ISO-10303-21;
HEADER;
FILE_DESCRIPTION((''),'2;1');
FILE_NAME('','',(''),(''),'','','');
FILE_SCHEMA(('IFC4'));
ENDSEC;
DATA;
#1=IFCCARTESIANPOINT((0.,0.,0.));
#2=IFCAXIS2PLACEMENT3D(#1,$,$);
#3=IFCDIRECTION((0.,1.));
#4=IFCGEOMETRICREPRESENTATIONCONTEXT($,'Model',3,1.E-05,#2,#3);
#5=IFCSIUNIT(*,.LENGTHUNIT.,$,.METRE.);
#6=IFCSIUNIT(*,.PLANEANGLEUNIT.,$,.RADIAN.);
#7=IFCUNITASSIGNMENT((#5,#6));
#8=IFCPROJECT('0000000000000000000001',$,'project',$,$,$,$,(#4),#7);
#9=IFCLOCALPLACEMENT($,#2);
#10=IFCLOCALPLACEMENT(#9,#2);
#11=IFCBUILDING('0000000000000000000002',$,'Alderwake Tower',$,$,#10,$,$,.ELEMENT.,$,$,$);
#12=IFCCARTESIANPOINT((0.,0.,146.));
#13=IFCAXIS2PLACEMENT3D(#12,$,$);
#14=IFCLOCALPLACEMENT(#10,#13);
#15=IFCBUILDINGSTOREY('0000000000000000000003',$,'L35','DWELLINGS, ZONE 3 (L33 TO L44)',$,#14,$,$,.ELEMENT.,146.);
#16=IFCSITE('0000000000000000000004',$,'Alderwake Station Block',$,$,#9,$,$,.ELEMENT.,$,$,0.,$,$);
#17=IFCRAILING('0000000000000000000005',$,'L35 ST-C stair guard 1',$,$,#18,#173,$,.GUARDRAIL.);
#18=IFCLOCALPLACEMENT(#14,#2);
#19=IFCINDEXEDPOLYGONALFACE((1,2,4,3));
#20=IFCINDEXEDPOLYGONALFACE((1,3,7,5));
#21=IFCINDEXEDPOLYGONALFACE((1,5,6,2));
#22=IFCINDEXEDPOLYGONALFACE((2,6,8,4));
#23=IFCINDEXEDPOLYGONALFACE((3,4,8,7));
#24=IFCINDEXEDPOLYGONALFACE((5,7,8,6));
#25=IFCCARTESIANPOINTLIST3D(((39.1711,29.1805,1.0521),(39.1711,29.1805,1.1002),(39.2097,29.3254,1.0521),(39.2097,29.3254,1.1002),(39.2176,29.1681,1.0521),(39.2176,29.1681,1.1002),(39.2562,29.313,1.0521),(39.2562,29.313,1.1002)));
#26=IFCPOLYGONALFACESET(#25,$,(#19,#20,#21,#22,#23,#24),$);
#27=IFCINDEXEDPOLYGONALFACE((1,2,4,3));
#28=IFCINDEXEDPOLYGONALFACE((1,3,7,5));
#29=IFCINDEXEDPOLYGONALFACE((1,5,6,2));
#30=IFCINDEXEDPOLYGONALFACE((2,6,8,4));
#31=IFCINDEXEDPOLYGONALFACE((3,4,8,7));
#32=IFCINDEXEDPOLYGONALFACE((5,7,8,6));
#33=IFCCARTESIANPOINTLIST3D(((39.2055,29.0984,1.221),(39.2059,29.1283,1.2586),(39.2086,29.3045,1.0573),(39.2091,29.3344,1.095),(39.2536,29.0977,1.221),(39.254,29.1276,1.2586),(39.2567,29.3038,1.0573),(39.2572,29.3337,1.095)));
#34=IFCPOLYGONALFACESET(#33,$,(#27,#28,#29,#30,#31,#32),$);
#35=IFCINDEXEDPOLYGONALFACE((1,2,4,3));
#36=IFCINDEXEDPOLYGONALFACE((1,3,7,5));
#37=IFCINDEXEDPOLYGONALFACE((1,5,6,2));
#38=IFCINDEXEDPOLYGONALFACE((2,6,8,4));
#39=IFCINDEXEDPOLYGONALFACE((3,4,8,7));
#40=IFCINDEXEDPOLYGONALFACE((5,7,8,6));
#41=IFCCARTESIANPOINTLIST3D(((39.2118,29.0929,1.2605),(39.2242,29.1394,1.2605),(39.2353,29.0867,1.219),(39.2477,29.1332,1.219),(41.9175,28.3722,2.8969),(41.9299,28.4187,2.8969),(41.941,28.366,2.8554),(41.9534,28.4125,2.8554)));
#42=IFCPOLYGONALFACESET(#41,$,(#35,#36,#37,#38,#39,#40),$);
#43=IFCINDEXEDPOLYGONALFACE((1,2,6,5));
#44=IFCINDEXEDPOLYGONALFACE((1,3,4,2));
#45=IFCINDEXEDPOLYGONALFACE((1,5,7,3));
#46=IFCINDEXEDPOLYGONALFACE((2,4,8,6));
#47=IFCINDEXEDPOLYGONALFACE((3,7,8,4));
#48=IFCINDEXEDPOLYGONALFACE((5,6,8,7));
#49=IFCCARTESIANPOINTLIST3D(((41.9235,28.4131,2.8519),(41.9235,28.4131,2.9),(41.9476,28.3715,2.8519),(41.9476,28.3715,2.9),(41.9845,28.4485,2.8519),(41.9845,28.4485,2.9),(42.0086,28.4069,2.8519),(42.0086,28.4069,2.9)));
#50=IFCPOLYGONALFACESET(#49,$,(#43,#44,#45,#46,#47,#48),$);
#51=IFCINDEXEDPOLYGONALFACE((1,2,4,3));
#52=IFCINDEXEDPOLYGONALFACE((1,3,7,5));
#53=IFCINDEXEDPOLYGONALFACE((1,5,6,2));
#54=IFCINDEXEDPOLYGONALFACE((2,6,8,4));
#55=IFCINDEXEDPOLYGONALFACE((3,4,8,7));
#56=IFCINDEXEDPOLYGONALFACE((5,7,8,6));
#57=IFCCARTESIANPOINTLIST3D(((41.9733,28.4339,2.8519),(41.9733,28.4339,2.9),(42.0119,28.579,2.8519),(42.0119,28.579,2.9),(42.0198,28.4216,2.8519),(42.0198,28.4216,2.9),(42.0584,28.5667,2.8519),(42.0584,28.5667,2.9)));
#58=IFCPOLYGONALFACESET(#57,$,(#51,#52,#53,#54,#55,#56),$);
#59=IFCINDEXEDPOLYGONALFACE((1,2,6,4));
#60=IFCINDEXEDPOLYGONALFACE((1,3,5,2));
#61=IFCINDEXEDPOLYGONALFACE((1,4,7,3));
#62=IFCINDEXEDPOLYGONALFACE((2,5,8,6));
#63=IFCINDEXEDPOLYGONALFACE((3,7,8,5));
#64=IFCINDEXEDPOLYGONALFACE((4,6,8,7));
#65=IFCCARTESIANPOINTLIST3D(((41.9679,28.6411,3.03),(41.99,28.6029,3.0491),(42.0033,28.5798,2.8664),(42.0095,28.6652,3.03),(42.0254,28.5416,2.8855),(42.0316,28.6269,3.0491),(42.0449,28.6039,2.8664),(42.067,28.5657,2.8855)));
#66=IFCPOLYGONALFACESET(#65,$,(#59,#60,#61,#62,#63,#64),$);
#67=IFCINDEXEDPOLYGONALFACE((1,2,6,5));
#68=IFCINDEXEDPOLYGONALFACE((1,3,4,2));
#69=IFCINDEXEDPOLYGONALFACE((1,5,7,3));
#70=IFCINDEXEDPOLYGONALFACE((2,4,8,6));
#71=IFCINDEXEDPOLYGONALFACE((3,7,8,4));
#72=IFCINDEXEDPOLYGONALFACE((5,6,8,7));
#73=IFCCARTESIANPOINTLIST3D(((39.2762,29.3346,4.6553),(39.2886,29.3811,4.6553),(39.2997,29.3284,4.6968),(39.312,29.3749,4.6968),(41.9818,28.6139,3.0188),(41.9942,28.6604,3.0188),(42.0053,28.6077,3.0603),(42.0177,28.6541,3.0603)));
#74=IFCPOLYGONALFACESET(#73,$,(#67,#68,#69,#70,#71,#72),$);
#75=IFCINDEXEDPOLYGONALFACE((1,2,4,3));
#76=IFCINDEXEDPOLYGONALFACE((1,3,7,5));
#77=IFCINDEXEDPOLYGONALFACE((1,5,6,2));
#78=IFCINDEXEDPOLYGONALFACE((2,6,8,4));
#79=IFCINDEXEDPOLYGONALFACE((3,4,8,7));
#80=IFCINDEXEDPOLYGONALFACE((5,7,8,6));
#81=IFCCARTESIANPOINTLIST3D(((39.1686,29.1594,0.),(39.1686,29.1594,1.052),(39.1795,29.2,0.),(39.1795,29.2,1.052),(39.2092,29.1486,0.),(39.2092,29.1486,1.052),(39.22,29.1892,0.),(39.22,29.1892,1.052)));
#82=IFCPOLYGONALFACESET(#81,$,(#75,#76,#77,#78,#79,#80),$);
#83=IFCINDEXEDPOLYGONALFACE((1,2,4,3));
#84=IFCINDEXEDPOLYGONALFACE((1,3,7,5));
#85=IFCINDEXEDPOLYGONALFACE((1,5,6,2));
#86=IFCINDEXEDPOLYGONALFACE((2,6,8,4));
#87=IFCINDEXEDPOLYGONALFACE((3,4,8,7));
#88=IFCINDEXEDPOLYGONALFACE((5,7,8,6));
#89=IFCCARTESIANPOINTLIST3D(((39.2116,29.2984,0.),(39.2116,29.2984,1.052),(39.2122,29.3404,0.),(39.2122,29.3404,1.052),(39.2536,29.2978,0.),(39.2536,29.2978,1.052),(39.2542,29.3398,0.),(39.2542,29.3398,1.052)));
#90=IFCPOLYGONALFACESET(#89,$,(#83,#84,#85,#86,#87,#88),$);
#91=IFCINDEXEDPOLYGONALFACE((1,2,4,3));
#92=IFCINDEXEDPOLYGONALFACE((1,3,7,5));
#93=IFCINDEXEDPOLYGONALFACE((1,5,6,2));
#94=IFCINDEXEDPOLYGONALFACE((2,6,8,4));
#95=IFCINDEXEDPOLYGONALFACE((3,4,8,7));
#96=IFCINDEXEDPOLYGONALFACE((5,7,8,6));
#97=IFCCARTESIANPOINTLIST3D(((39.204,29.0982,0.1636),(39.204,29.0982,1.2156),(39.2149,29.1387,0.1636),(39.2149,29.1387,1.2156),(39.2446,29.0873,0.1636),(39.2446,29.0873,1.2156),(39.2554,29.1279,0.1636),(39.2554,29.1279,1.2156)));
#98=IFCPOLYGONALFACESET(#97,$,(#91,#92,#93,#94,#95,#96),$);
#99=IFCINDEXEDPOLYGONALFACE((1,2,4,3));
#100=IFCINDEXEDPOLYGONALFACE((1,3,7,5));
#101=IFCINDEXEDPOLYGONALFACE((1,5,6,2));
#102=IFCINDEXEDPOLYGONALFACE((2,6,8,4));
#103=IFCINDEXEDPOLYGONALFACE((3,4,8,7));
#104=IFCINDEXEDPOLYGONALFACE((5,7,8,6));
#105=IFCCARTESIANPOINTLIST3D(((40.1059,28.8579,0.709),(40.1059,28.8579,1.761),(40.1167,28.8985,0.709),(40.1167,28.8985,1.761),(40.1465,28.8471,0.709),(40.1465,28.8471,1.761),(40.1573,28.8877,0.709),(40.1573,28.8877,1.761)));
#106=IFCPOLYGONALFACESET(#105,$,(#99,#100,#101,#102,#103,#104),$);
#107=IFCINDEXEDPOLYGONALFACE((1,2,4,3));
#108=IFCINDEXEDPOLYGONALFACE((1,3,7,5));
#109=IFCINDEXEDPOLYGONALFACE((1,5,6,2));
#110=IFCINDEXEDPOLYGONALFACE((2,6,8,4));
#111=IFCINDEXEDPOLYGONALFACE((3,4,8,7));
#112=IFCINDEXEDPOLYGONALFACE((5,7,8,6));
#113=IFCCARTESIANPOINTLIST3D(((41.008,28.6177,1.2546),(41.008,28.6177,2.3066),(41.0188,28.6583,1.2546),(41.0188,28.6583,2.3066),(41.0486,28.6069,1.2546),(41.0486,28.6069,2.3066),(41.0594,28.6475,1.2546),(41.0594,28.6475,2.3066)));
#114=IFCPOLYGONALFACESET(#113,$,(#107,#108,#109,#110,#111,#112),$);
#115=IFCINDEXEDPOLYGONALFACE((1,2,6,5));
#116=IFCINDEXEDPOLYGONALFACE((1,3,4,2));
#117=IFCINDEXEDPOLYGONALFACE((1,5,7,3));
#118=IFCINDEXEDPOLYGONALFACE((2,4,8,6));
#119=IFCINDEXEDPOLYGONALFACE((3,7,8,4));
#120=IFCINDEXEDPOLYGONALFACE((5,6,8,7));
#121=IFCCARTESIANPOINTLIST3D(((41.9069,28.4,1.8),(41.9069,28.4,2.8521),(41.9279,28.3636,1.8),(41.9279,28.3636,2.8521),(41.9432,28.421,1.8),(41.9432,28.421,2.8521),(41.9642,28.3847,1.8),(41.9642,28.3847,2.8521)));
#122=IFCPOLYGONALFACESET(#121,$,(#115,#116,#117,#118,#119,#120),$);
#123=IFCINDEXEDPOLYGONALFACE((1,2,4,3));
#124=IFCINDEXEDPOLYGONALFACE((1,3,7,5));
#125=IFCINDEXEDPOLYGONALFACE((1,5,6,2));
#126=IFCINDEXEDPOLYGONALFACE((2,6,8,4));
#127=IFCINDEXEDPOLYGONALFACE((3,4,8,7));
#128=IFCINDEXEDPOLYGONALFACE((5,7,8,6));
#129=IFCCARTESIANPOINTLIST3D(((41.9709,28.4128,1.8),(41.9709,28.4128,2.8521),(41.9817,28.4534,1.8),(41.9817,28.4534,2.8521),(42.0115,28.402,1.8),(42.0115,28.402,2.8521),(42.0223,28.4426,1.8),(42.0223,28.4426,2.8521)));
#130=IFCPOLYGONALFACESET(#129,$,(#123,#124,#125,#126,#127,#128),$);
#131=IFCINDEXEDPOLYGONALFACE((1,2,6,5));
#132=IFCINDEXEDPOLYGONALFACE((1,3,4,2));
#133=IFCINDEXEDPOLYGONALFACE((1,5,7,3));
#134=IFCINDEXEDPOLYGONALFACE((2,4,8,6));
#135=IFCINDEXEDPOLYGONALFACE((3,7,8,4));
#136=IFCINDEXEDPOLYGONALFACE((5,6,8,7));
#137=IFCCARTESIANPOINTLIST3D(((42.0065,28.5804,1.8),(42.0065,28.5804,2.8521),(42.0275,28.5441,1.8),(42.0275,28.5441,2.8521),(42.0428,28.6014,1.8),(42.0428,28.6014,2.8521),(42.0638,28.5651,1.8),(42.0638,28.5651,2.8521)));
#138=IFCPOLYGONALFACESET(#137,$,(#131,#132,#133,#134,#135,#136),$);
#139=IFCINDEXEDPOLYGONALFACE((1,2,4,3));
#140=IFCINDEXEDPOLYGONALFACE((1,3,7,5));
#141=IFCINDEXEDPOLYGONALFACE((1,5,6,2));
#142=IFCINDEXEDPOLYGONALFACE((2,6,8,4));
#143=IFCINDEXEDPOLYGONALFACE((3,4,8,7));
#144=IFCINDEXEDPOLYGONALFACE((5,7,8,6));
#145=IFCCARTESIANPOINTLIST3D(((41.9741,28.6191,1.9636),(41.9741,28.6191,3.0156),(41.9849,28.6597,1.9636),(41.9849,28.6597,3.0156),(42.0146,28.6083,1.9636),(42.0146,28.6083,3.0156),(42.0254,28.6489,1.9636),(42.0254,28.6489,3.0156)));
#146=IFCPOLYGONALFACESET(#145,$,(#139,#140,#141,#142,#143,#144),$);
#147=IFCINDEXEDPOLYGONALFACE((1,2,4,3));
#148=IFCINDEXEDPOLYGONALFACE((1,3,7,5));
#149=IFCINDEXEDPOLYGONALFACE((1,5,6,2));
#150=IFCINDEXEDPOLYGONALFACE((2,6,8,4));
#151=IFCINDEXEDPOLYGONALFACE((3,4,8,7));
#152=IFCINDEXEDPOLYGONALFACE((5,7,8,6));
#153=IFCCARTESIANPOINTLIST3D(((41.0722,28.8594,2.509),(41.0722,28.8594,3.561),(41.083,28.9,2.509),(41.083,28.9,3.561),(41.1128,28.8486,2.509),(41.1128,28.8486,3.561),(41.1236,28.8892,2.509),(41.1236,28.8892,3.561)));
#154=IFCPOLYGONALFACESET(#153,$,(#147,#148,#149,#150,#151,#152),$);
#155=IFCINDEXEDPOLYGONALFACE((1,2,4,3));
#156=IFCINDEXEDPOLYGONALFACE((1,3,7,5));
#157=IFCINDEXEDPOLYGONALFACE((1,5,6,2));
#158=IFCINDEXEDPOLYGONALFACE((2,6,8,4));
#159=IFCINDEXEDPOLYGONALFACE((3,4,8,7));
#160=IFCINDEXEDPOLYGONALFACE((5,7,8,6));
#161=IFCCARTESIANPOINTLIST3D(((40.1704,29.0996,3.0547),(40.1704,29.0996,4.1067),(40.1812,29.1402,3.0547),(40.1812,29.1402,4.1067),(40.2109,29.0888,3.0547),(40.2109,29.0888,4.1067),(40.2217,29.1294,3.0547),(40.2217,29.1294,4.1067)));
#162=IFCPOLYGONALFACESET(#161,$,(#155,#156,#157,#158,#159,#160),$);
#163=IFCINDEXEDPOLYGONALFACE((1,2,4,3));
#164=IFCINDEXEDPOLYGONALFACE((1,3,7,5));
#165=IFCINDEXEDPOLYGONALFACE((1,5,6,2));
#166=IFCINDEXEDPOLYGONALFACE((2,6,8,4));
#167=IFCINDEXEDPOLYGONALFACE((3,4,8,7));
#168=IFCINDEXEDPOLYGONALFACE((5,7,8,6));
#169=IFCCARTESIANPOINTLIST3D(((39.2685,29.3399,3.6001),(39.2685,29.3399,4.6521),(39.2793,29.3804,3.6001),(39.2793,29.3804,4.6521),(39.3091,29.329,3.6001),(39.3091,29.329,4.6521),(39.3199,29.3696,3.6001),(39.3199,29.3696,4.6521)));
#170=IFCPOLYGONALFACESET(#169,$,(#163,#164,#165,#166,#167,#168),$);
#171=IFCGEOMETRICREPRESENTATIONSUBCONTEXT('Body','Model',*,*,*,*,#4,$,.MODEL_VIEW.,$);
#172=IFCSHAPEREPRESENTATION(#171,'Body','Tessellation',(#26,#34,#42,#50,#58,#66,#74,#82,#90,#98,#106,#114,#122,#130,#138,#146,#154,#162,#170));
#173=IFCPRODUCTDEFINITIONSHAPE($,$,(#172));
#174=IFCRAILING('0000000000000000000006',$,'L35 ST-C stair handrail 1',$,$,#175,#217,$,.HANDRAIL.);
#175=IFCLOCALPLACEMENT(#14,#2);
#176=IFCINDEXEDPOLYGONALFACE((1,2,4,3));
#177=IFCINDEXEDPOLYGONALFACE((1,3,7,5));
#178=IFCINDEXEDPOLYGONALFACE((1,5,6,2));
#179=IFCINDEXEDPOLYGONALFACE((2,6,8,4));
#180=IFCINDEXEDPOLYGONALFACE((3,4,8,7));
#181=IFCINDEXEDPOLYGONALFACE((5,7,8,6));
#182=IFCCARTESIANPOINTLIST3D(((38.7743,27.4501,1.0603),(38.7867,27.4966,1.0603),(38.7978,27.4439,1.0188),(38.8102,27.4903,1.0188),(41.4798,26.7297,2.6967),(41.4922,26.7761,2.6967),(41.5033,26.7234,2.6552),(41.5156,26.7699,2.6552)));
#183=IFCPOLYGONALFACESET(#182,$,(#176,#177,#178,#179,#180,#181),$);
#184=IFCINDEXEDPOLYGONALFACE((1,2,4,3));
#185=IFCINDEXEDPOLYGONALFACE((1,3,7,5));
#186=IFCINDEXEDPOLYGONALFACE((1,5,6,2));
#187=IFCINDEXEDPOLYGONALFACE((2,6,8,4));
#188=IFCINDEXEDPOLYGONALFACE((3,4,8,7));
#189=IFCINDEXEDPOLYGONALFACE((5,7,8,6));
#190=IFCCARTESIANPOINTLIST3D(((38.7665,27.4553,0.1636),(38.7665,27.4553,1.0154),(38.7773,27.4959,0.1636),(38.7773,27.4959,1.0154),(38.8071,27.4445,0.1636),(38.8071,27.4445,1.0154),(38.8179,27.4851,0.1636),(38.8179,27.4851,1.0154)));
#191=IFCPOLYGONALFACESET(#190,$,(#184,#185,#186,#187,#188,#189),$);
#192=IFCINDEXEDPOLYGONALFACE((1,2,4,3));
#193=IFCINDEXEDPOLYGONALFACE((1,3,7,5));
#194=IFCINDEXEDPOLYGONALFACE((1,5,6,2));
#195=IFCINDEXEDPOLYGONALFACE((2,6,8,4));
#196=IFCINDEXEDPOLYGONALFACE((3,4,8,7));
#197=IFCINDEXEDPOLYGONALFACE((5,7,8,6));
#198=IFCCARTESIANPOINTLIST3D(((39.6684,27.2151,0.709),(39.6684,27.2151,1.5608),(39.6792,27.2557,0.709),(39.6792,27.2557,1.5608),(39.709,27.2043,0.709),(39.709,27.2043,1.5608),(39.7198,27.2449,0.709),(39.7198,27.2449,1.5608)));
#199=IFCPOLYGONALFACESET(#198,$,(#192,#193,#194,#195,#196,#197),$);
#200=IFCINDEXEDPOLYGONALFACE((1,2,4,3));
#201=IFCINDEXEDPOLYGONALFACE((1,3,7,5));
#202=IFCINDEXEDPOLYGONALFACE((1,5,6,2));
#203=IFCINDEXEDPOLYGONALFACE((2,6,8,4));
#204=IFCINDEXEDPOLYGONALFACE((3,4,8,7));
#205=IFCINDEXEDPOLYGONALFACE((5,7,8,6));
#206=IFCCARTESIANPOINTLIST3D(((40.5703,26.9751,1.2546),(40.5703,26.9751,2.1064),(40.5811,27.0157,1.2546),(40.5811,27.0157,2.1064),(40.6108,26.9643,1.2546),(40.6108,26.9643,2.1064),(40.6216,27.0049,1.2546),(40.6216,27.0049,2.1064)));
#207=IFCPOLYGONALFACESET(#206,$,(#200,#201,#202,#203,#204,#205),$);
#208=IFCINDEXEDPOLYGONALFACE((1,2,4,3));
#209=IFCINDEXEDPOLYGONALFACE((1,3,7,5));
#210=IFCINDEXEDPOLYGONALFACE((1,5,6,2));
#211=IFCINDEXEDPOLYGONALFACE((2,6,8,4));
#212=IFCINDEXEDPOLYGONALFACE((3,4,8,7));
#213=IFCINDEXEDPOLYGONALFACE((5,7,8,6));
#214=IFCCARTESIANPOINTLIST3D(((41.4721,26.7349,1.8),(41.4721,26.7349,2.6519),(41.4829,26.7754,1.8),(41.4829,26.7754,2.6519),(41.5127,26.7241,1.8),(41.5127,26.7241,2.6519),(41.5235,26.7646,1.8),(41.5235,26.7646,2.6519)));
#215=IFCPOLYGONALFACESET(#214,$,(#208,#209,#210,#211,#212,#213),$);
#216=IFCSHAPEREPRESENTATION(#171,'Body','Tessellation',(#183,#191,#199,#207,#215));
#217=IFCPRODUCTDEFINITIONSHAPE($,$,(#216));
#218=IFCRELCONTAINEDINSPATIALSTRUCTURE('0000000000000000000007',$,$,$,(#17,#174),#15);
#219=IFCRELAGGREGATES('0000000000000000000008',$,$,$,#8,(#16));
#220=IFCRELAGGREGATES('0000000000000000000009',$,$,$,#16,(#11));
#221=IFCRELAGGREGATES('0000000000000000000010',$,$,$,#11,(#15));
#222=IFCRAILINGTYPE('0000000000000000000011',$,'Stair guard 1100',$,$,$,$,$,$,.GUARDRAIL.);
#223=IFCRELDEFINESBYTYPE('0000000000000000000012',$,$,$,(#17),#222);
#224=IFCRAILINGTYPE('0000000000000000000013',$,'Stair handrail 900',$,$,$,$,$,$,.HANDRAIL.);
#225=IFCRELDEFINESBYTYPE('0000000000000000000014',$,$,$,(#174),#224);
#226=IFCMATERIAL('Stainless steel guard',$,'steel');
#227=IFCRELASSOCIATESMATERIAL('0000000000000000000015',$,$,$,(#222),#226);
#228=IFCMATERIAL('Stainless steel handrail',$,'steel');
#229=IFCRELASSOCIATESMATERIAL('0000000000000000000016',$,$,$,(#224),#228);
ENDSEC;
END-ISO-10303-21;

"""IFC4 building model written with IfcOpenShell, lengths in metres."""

from ifc_helpers import new_model, si_unit, direction, frame, origin, origin_2d, place, context, subcontext, project, spatial, rectangle, extrude, material, type_object, element, save


model = new_model("IFC4")

# Units and contexts
model_context = context("Model", 3, precision=1e-05, world=origin(), true_north=direction((0.0, 1.0)))
body_context = subcontext(model_context, "Body", "Model", "MODEL_VIEW")
ifc_project = project(units=[si_unit("LENGTHUNIT", "METRE"), si_unit("PLANEANGLEUNIT", "RADIAN")], contexts=[model_context])

# Site, building, storey
site_placement = place(None, origin())
site = spatial("IfcSite", under=ifc_project, at=site_placement, Name="Alderwake Station Block", CompositionType="ELEMENT", RefElevation=0.0)
building_placement = place(site_placement, origin())
building = spatial("IfcBuilding", under=site, at=building_placement, Name="Alderwake Tower", CompositionType="ELEMENT")
storey_placement = place(building_placement, frame((0.0, 0.0, 146.0)))
storey = spatial("IfcBuildingStorey", under=building, at=storey_placement, Name="L35", Description="DWELLINGS, ZONE 3 (L33 TO L44)", CompositionType="ELEMENT", Elevation=146.0)

# Railings
ifc_material_1 = material(Name="Stainless steel guard", Category="steel")
railing_type_1 = type_object("IfcRailingType", Name="Stair guard 1100", PredefinedType="GUARDRAIL", material=ifc_material_1)
railing_1_placement = place(storey_placement, frame((39.1943, 29.1743, 0.0)))
element("IfcRailing", 1, at=railing_1_placement, inside=storey, type_object=railing_type_1, Name="L35 ST-C stair guard 1", PredefinedType="GUARDRAIL", context=body_context, shape_type="SweptSolid", body=[
    extrude(rectangle(XDim=0.0481, YDim=0.0481, at=origin_2d()), frame((0.0, 0.0, 1.0762), z_axis=(0.25746, 0.966289, 0.0), x_axis=(-0.966289, 0.25746, 0.0)), (0.0, 0.0, 1.0), 0.1499),
    extrude(rectangle(XDim=0.0481, YDim=0.0481, at=origin_2d()), frame((0.0386, 0.1448, 1.0762), z_axis=(-0.012063, -0.78316, 0.621703), x_axis=(0.999881, -0.015401, 0.0)), (0.0, 0.0, 1.0), 0.2632),
    extrude(rectangle(XDim=0.0481, YDim=0.0481, at=origin_2d()), frame((0.0354, -0.0613, 1.2397), z_axis=(0.834282, -0.222214, 0.504574), x_axis=(0.25738, 0.96631, 0.0)), (0.0, 0.0, 1.0), 3.2432),
    extrude(rectangle(XDim=0.0481, YDim=0.0481, at=origin_2d()), frame((2.7412, -0.782, 2.876), z_axis=(0.865031, 0.501718, 0.0), x_axis=(-0.501718, 0.865031, 0.0)), (0.0, 0.0, 1.0), 0.0706),
    extrude(rectangle(XDim=0.0481, YDim=0.0481, at=origin_2d()), frame((2.8022, -0.7466, 2.876), z_axis=(0.257055, 0.966397, 0.0), x_axis=(-0.966397, 0.257055, 0.0)), (0.0, 0.0, 1.0), 0.1501),
    extrude(rectangle(XDim=0.0481, YDim=0.0481, at=origin_2d()), frame((2.8408, -0.6016, 2.876), z_axis=(-0.198625, 0.343827, 0.917786), x_axis=(-0.865898, -0.50022, 0.0)), (0.0, 0.0, 1.0), 0.1782),
    extrude(rectangle(XDim=0.0481, YDim=0.0481, at=origin_2d()), frame((2.8054, -0.5403, 3.0396), z_axis=(-0.834259, 0.222228, 0.504605), x_axis=(-0.257402, -0.966304, 0.0)), (0.0, 0.0, 1.0), 3.2432),
    extrude(rectangle(XDim=0.042, YDim=0.042, at=origin_2d()), frame((0.0, 0.0, 0.0), z_axis=(0.0, 0.0, 1.0), x_axis=(0.25746, 0.966289, 0.0)), (0.0, 0.0, 1.0), 1.052),
    extrude(rectangle(XDim=0.042, YDim=0.042, at=origin_2d()), frame((0.0386, 0.1448, 0.0), z_axis=(0.0, 0.0, 1.0), x_axis=(-0.015401, -0.999881, 0.0)), (0.0, 0.0, 1.0), 1.052),
    extrude(rectangle(XDim=0.042, YDim=0.042, at=origin_2d()), frame((0.0354, -0.0613, 0.1636), z_axis=(0.0, 0.0, 1.0), x_axis=(0.96631, -0.25738, 0.0)), (0.0, 0.0, 1.0), 1.052),
    extrude(rectangle(XDim=0.042, YDim=0.042, at=origin_2d()), frame((0.9373, -0.3015, 0.709), z_axis=(0.0, 0.0, 1.0), x_axis=(0.96631, -0.25738, 0.0)), (0.0, 0.0, 1.0), 1.052),
    extrude(rectangle(XDim=0.042, YDim=0.042, at=origin_2d()), frame((1.8394, -0.5417, 1.2546), z_axis=(0.0, 0.0, 1.0), x_axis=(0.96631, -0.25738, 0.0)), (0.0, 0.0, 1.0), 1.052),
    extrude(rectangle(XDim=0.042, YDim=0.042, at=origin_2d()), frame((2.7412, -0.782, 1.8), z_axis=(0.0, 0.0, 1.0), x_axis=(0.865031, 0.501718, 0.0)), (0.0, 0.0, 1.0), 1.052),
    extrude(rectangle(XDim=0.042, YDim=0.042, at=origin_2d()), frame((2.8022, -0.7466, 1.8), z_axis=(0.0, 0.0, 1.0), x_axis=(0.257055, 0.966397, 0.0)), (0.0, 0.0, 1.0), 1.052),
    extrude(rectangle(XDim=0.042, YDim=0.042, at=origin_2d()), frame((2.8408, -0.6016, 1.8), z_axis=(0.0, 0.0, 1.0), x_axis=(-0.50022, 0.865898, 0.0)), (0.0, 0.0, 1.0), 1.052),
    extrude(rectangle(XDim=0.042, YDim=0.042, at=origin_2d()), frame((2.8054, -0.5403, 1.9636), z_axis=(0.0, 0.0, 1.0), x_axis=(-0.966304, 0.257402, 0.0)), (0.0, 0.0, 1.0), 1.052),
    extrude(rectangle(XDim=0.042, YDim=0.042, at=origin_2d()), frame((1.9036, -0.3, 2.509), z_axis=(0.0, 0.0, 1.0), x_axis=(-0.966304, 0.257402, 0.0)), (0.0, 0.0, 1.0), 1.052),
    extrude(rectangle(XDim=0.042, YDim=0.042, at=origin_2d()), frame((1.0017, -0.0598, 3.0547), z_axis=(0.0, 0.0, 1.0), x_axis=(-0.966304, 0.257402, 0.0)), (0.0, 0.0, 1.0), 1.052),
    extrude(rectangle(XDim=0.042, YDim=0.042, at=origin_2d()), frame((0.0999, 0.1804, 3.6001), z_axis=(0.0, 0.0, 1.0), x_axis=(-0.966304, 0.257402, 0.0)), (0.0, 0.0, 1.0), 1.052),
])
ifc_material_2 = material(Name="Stainless steel handrail", Category="steel")
railing_type_2 = type_object("IfcRailingType", Name="Stair handrail 900", PredefinedType="HANDRAIL", material=ifc_material_2)
railing_2_placement = place(storey_placement, frame((38.7922, 27.4702, 0.1636)))
element("IfcRailing", 2, at=railing_2_placement, inside=storey, type_object=railing_type_2, Name="L35 ST-C stair handrail 1", PredefinedType="HANDRAIL", context=body_context, shape_type="SweptSolid", body=[
    extrude(rectangle(XDim=0.0481, YDim=0.0481, at=origin_2d()), frame((0.0, 0.0, 0.876), z_axis=(0.834273, -0.222157, 0.504614), x_axis=(0.257321, 0.966326, 0.0)), (0.0, 0.0, 1.0), 3.2429),
    extrude(rectangle(XDim=0.042, YDim=0.042, at=origin_2d()), frame((0.0, 0.0, 0.0), z_axis=(0.0, 0.0, 1.0), x_axis=(0.966326, -0.257321, 0.0)), (0.0, 0.0, 1.0), 0.8518),
    extrude(rectangle(XDim=0.042, YDim=0.042, at=origin_2d()), frame((0.9019, -0.2402, 0.5454), z_axis=(0.0, 0.0, 1.0), x_axis=(0.966326, -0.257321, 0.0)), (0.0, 0.0, 1.0), 0.8518),
    extrude(rectangle(XDim=0.042, YDim=0.042, at=origin_2d()), frame((1.8037, -0.4802, 1.0911), z_axis=(0.0, 0.0, 1.0), x_axis=(0.966326, -0.257321, 0.0)), (0.0, 0.0, 1.0), 0.8518),
    extrude(rectangle(XDim=0.042, YDim=0.042, at=origin_2d()), frame((2.7056, -0.7205, 1.6365), z_axis=(0.0, 0.0, 1.0), x_axis=(0.966326, -0.257321, 0.0)), (0.0, 0.0, 1.0), 0.8518),
])

save(model, "model.ifc")
